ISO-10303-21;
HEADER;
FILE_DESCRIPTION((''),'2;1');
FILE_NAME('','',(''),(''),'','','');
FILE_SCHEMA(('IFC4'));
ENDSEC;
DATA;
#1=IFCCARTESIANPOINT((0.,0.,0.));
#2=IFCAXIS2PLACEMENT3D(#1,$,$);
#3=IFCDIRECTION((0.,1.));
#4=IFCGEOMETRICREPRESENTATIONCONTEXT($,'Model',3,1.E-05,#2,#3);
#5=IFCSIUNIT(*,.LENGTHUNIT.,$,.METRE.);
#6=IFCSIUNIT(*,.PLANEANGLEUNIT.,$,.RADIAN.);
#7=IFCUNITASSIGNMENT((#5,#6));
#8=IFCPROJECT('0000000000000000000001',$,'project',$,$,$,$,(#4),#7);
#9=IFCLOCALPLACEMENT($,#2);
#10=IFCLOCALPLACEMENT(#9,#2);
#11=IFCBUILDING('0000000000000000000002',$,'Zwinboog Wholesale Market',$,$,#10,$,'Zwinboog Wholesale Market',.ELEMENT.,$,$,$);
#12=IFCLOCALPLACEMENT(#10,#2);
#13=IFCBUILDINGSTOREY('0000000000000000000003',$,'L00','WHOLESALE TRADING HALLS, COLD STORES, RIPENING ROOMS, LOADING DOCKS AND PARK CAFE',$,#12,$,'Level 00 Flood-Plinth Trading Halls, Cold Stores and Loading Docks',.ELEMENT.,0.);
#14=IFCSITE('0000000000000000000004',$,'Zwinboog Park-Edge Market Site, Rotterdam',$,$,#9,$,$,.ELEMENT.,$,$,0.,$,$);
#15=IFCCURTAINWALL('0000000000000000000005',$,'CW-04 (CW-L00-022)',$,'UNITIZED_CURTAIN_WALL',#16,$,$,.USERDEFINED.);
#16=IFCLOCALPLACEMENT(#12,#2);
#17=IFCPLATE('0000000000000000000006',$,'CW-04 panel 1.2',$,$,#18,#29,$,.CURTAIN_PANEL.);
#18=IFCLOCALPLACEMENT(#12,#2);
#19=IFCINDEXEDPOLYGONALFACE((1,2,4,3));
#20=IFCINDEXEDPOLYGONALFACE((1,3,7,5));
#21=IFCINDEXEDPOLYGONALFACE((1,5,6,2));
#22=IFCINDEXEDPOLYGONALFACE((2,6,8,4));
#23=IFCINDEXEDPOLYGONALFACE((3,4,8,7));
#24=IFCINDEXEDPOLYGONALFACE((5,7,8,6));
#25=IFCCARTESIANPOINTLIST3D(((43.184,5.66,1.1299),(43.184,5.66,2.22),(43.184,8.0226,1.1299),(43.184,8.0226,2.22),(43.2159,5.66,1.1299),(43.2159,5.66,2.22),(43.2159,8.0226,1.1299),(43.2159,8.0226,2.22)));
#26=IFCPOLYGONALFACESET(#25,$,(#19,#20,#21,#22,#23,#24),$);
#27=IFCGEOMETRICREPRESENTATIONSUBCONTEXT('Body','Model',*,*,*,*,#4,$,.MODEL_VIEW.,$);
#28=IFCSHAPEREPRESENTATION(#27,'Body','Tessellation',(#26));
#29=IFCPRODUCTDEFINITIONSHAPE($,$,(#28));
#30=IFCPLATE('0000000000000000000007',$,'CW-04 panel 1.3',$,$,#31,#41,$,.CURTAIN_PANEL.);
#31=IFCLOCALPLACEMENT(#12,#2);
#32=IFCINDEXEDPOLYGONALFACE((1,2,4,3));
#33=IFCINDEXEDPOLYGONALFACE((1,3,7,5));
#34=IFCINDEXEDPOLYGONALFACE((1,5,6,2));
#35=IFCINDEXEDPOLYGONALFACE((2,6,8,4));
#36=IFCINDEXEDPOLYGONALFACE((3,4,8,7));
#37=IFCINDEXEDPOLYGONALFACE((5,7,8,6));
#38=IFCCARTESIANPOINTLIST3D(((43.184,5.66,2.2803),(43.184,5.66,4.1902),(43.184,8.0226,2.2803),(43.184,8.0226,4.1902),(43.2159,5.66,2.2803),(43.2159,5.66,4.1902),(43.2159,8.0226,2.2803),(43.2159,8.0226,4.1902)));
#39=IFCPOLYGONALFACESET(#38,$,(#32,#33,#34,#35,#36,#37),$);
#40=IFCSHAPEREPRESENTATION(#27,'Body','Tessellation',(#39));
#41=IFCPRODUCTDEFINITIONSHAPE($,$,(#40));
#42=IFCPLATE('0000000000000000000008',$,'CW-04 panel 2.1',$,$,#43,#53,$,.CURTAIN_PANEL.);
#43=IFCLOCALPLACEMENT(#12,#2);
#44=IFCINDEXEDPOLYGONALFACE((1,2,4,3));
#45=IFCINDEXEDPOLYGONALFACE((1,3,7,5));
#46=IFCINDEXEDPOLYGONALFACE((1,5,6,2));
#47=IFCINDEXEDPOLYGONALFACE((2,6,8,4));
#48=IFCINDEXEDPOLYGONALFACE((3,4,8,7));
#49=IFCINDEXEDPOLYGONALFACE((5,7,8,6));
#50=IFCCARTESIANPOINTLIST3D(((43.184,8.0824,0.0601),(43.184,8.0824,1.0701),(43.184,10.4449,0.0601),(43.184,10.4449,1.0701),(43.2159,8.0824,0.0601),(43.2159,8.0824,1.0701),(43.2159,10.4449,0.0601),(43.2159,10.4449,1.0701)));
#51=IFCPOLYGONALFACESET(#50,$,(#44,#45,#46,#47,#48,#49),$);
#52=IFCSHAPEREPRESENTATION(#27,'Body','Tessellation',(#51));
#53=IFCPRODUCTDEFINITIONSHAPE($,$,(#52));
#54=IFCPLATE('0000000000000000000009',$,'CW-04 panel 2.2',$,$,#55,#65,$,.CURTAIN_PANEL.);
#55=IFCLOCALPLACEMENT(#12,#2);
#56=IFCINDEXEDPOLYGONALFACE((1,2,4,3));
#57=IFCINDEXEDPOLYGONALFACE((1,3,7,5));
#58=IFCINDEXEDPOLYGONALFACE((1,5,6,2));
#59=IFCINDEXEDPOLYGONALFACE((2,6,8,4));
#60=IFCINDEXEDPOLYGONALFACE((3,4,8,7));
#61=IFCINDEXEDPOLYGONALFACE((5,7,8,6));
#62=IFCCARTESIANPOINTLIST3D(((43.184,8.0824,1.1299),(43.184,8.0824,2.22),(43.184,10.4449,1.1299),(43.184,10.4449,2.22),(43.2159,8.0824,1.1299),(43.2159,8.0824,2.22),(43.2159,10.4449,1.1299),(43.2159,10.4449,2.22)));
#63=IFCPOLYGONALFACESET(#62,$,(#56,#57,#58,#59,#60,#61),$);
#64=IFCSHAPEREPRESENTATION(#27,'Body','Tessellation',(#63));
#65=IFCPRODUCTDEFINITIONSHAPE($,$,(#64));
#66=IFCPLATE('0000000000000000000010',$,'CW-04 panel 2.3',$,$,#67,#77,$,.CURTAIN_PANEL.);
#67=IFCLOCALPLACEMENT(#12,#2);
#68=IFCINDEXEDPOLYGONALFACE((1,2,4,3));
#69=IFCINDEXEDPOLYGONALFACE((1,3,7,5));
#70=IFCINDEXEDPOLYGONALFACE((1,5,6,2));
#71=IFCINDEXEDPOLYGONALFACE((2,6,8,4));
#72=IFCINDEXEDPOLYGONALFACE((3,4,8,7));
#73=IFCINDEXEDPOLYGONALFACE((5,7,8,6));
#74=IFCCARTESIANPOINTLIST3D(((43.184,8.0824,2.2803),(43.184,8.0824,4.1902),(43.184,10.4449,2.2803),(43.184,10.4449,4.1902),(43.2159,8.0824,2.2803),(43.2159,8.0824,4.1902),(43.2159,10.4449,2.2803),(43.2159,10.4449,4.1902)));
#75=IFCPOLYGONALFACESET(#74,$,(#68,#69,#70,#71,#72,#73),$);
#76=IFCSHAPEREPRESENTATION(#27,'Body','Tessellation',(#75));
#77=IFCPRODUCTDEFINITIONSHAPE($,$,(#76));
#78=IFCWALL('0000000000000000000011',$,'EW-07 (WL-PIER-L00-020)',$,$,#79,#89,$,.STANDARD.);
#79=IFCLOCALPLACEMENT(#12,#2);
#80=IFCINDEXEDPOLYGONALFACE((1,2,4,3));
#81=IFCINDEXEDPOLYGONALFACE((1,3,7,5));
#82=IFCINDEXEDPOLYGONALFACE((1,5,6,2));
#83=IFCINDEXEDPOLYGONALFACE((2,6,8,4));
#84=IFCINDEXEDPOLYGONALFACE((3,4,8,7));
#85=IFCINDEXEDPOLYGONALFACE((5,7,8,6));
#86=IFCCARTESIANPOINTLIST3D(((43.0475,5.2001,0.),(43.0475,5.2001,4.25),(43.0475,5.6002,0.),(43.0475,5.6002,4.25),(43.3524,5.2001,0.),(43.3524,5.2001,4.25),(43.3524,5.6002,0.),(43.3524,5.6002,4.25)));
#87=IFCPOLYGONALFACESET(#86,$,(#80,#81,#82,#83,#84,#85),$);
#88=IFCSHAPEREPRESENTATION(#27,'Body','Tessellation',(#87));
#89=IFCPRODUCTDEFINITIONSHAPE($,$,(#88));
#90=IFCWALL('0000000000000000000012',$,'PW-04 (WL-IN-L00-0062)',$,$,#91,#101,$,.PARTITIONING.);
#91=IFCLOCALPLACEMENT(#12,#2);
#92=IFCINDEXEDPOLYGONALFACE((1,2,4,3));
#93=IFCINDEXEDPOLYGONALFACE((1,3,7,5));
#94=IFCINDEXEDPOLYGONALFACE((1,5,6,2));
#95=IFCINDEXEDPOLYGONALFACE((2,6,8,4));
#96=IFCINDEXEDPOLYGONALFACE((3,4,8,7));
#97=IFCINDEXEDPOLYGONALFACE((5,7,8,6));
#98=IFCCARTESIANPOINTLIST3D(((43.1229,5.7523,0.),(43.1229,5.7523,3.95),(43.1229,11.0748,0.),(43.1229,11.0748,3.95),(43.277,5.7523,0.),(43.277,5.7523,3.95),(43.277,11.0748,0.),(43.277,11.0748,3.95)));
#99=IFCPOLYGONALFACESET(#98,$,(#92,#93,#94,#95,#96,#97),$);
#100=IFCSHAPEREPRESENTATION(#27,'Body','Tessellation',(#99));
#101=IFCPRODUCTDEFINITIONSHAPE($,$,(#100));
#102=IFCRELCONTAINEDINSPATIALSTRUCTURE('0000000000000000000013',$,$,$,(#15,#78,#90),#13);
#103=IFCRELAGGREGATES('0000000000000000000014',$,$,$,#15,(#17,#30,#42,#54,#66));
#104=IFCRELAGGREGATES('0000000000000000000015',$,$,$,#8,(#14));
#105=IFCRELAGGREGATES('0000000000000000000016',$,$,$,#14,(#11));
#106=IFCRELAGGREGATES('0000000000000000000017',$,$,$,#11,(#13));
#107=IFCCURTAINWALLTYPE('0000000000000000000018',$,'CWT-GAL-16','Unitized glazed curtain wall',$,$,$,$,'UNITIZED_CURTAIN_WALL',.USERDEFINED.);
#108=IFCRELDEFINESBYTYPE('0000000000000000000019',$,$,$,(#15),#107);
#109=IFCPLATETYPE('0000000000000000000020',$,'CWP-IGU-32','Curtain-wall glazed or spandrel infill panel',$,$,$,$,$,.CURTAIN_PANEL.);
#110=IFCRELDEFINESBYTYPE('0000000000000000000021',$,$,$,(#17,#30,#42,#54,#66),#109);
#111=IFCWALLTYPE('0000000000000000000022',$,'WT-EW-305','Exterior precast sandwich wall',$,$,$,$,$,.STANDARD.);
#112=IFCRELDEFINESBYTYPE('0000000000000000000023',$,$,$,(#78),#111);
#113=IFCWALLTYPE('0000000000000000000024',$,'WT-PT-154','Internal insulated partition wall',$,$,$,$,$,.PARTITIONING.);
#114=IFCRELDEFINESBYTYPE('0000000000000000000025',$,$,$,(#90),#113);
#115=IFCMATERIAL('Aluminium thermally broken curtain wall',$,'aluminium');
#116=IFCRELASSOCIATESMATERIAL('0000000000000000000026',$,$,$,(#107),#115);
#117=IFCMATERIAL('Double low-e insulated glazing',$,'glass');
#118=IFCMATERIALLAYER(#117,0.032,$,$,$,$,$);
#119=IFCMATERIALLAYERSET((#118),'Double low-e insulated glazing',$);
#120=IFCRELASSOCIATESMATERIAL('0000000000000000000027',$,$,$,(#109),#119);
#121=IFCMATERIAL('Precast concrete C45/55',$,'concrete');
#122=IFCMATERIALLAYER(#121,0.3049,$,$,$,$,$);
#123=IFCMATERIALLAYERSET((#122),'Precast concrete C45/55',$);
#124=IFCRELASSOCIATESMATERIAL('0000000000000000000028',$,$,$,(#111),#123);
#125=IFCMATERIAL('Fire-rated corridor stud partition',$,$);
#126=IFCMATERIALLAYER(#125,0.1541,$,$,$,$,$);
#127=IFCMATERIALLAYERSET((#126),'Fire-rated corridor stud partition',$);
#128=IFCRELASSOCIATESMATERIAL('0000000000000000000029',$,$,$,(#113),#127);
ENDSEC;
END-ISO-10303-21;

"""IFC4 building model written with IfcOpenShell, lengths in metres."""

from ifc_helpers import new_model, si_unit, direction, frame, frame_2d, origin, origin_2d, place, context, subcontext, project, spatial, rectangle, extrude, material, layer, layer_set, type_object, element, aggregate, save


model = new_model("IFC4")

# Units and contexts
model_context = context("Model", 3, precision=1e-05, world=origin(), true_north=direction((0.0, 1.0)))
body_context = subcontext(model_context, "Body", "Model", "MODEL_VIEW")
ifc_project = project(units=[si_unit("LENGTHUNIT", "METRE"), si_unit("PLANEANGLEUNIT", "RADIAN")], contexts=[model_context])

# Site, building, storey
site_placement = place(None, origin())
site = spatial("IfcSite", under=ifc_project, at=site_placement, Name="Zwinboog Park-Edge Market Site, Rotterdam", CompositionType="ELEMENT", RefElevation=0.0)
building_placement = place(site_placement, origin())
building = spatial("IfcBuilding", under=site, at=building_placement, Name="Zwinboog Wholesale Market", LongName="Zwinboog Wholesale Market", CompositionType="ELEMENT")
storey_placement = place(building_placement, origin())
storey = spatial("IfcBuildingStorey", under=building, at=storey_placement, Name="L00", Description="WHOLESALE TRADING HALLS, COLD STORES, RIPENING ROOMS, LOADING DOCKS AND PARK CAFE", LongName="Level 00 Flood-Plinth Trading Halls, Cold Stores and Loading Docks", CompositionType="ELEMENT", Elevation=0.0)

# Shared definitions
ifc_material_1 = material(Name="Aluminium thermally broken curtain wall", Category="aluminium")

# Curtain wall
curtain_wall_type_1 = type_object("IfcCurtainWallType", Name="CWT-GAL-16", Description="Unitized glazed curtain wall", ElementType="UNITIZED_CURTAIN_WALL", PredefinedType="USERDEFINED", material=ifc_material_1)
curtain_wall_1_placement = place(storey_placement, origin())
curtain_wall_1 = element("IfcCurtainWall", 1, at=curtain_wall_1_placement, inside=storey, type_object=curtain_wall_type_1, Name="CW-04 (CW-L00-022)", ObjectType="UNITIZED_CURTAIN_WALL", PredefinedType="USERDEFINED")

# Plates
ifc_material_2 = material(Name="Double low-e insulated glazing", Category="glass")
ifc_layer_1 = layer(ifc_material_2, 0.032)
ifc_layer_set_1 = layer_set([ifc_layer_1], Name="Double low-e insulated glazing")
plate_type = type_object("IfcPlateType", Name="CWP-IGU-32", Description="Curtain-wall glazed or spandrel infill panel", PredefinedType="CURTAIN_PANEL", material=ifc_layer_set_1)
plate_1_placement = place(storey_placement, frame((43.2, 6.8413, 1.1299), z_axis=(0.0, 0.0, 1.0), x_axis=(0.0, 1.0, 0.0)))
plate_1 = element("IfcPlate", 2, at=plate_1_placement, type_object=plate_type, Name="CW-04 panel 1.2", PredefinedType="CURTAIN_PANEL", context=body_context, shape_type="SweptSolid", body=[
    extrude(rectangle(XDim=2.3625, YDim=0.032, at=origin_2d()), origin(), (0.0, 0.0, 1.0), 1.0901),
])
plate_2_placement = place(storey_placement, frame((43.2, 6.8413, 2.2803), z_axis=(0.0, 0.0, 1.0), x_axis=(0.0, 1.0, 0.0)))
plate_2 = element("IfcPlate", 3, at=plate_2_placement, type_object=plate_type, Name="CW-04 panel 1.3", PredefinedType="CURTAIN_PANEL", context=body_context, shape_type="SweptSolid", body=[
    extrude(rectangle(XDim=2.3625, YDim=0.032, at=origin_2d()), origin(), (0.0, 0.0, 1.0), 1.9099),
])
plate_3_placement = place(storey_placement, frame((43.2, 9.2637, 0.0601), z_axis=(0.0, 0.0, 1.0), x_axis=(0.0, 1.0, 0.0)))
plate_3 = element("IfcPlate", 4, at=plate_3_placement, type_object=plate_type, Name="CW-04 panel 2.1", PredefinedType="CURTAIN_PANEL", context=body_context, shape_type="SweptSolid", body=[
    extrude(rectangle(XDim=2.3625, YDim=0.032, at=origin_2d()), origin(), (0.0, 0.0, 1.0), 1.01),
])
plate_4_placement = place(storey_placement, frame((43.2, 9.2637, 1.1299), z_axis=(0.0, 0.0, 1.0), x_axis=(0.0, 1.0, 0.0)))
plate_4 = element("IfcPlate", 5, at=plate_4_placement, type_object=plate_type, Name="CW-04 panel 2.2", PredefinedType="CURTAIN_PANEL", context=body_context, shape_type="SweptSolid", body=[
    extrude(rectangle(XDim=2.3625, YDim=0.032, at=origin_2d()), origin(), (0.0, 0.0, 1.0), 1.0901),
])
plate_5_placement = place(storey_placement, frame((43.2, 9.2637, 2.2803), z_axis=(0.0, 0.0, 1.0), x_axis=(0.0, 1.0, 0.0)))
plate_5 = element("IfcPlate", 6, at=plate_5_placement, type_object=plate_type, Name="CW-04 panel 2.3", PredefinedType="CURTAIN_PANEL", context=body_context, shape_type="SweptSolid", body=[
    extrude(rectangle(XDim=2.3625, YDim=0.032, at=origin_2d()), origin(), (0.0, 0.0, 1.0), 1.9099),
])
aggregate(curtain_wall_1, [plate_1, plate_2, plate_3, plate_4, plate_5])

# Walls
ifc_material_3 = material(Name="Precast concrete C45/55", Category="concrete")
ifc_layer_2 = layer(ifc_material_3, 0.3049)
ifc_layer_set_2 = layer_set([ifc_layer_2], Name="Precast concrete C45/55")
wall_type_1 = type_object("IfcWallType", Name="WT-EW-305", Description="Exterior precast sandwich wall", PredefinedType="STANDARD", material=ifc_layer_set_2)
wall_1_placement = place(storey_placement, frame((43.2, 5.2, 0.0), z_axis=(0.0, 0.0, 1.0), x_axis=(0.0, 1.0, 0.0)))
element("IfcWall", 7, at=wall_1_placement, inside=storey, type_object=wall_type_1, Name="EW-07 (WL-PIER-L00-020)", PredefinedType="STANDARD", context=body_context, shape_type="SweptSolid", body=[
    extrude(rectangle(XDim=0.4001, YDim=0.3049, at=frame_2d((0.2002, 0.0))), origin(), (0.0, 0.0, 1.0), 4.25),
])
ifc_material_4 = material(Name="Fire-rated corridor stud partition")
ifc_layer_3 = layer(ifc_material_4, 0.1541)
ifc_layer_set_3 = layer_set([ifc_layer_3], Name="Fire-rated corridor stud partition")
wall_type_2 = type_object("IfcWallType", Name="WT-PT-154", Description="Internal insulated partition wall", PredefinedType="PARTITIONING", material=ifc_layer_set_3)
wall_2_placement = place(storey_placement, frame((43.2, 5.7524, 0.0), z_axis=(0.0, 0.0, 1.0), x_axis=(0.0, 1.0, 0.0)))
element("IfcWall", 8, at=wall_2_placement, inside=storey, type_object=wall_type_2, Name="PW-04 (WL-IN-L00-0062)", PredefinedType="PARTITIONING", context=body_context, shape_type="SweptSolid", body=[
    extrude(rectangle(XDim=5.3225, YDim=0.1541, at=frame_2d((2.6611, 0.0))), origin(), (0.0, 0.0, 1.0), 3.95),
])

save(model, "model.ifc")
